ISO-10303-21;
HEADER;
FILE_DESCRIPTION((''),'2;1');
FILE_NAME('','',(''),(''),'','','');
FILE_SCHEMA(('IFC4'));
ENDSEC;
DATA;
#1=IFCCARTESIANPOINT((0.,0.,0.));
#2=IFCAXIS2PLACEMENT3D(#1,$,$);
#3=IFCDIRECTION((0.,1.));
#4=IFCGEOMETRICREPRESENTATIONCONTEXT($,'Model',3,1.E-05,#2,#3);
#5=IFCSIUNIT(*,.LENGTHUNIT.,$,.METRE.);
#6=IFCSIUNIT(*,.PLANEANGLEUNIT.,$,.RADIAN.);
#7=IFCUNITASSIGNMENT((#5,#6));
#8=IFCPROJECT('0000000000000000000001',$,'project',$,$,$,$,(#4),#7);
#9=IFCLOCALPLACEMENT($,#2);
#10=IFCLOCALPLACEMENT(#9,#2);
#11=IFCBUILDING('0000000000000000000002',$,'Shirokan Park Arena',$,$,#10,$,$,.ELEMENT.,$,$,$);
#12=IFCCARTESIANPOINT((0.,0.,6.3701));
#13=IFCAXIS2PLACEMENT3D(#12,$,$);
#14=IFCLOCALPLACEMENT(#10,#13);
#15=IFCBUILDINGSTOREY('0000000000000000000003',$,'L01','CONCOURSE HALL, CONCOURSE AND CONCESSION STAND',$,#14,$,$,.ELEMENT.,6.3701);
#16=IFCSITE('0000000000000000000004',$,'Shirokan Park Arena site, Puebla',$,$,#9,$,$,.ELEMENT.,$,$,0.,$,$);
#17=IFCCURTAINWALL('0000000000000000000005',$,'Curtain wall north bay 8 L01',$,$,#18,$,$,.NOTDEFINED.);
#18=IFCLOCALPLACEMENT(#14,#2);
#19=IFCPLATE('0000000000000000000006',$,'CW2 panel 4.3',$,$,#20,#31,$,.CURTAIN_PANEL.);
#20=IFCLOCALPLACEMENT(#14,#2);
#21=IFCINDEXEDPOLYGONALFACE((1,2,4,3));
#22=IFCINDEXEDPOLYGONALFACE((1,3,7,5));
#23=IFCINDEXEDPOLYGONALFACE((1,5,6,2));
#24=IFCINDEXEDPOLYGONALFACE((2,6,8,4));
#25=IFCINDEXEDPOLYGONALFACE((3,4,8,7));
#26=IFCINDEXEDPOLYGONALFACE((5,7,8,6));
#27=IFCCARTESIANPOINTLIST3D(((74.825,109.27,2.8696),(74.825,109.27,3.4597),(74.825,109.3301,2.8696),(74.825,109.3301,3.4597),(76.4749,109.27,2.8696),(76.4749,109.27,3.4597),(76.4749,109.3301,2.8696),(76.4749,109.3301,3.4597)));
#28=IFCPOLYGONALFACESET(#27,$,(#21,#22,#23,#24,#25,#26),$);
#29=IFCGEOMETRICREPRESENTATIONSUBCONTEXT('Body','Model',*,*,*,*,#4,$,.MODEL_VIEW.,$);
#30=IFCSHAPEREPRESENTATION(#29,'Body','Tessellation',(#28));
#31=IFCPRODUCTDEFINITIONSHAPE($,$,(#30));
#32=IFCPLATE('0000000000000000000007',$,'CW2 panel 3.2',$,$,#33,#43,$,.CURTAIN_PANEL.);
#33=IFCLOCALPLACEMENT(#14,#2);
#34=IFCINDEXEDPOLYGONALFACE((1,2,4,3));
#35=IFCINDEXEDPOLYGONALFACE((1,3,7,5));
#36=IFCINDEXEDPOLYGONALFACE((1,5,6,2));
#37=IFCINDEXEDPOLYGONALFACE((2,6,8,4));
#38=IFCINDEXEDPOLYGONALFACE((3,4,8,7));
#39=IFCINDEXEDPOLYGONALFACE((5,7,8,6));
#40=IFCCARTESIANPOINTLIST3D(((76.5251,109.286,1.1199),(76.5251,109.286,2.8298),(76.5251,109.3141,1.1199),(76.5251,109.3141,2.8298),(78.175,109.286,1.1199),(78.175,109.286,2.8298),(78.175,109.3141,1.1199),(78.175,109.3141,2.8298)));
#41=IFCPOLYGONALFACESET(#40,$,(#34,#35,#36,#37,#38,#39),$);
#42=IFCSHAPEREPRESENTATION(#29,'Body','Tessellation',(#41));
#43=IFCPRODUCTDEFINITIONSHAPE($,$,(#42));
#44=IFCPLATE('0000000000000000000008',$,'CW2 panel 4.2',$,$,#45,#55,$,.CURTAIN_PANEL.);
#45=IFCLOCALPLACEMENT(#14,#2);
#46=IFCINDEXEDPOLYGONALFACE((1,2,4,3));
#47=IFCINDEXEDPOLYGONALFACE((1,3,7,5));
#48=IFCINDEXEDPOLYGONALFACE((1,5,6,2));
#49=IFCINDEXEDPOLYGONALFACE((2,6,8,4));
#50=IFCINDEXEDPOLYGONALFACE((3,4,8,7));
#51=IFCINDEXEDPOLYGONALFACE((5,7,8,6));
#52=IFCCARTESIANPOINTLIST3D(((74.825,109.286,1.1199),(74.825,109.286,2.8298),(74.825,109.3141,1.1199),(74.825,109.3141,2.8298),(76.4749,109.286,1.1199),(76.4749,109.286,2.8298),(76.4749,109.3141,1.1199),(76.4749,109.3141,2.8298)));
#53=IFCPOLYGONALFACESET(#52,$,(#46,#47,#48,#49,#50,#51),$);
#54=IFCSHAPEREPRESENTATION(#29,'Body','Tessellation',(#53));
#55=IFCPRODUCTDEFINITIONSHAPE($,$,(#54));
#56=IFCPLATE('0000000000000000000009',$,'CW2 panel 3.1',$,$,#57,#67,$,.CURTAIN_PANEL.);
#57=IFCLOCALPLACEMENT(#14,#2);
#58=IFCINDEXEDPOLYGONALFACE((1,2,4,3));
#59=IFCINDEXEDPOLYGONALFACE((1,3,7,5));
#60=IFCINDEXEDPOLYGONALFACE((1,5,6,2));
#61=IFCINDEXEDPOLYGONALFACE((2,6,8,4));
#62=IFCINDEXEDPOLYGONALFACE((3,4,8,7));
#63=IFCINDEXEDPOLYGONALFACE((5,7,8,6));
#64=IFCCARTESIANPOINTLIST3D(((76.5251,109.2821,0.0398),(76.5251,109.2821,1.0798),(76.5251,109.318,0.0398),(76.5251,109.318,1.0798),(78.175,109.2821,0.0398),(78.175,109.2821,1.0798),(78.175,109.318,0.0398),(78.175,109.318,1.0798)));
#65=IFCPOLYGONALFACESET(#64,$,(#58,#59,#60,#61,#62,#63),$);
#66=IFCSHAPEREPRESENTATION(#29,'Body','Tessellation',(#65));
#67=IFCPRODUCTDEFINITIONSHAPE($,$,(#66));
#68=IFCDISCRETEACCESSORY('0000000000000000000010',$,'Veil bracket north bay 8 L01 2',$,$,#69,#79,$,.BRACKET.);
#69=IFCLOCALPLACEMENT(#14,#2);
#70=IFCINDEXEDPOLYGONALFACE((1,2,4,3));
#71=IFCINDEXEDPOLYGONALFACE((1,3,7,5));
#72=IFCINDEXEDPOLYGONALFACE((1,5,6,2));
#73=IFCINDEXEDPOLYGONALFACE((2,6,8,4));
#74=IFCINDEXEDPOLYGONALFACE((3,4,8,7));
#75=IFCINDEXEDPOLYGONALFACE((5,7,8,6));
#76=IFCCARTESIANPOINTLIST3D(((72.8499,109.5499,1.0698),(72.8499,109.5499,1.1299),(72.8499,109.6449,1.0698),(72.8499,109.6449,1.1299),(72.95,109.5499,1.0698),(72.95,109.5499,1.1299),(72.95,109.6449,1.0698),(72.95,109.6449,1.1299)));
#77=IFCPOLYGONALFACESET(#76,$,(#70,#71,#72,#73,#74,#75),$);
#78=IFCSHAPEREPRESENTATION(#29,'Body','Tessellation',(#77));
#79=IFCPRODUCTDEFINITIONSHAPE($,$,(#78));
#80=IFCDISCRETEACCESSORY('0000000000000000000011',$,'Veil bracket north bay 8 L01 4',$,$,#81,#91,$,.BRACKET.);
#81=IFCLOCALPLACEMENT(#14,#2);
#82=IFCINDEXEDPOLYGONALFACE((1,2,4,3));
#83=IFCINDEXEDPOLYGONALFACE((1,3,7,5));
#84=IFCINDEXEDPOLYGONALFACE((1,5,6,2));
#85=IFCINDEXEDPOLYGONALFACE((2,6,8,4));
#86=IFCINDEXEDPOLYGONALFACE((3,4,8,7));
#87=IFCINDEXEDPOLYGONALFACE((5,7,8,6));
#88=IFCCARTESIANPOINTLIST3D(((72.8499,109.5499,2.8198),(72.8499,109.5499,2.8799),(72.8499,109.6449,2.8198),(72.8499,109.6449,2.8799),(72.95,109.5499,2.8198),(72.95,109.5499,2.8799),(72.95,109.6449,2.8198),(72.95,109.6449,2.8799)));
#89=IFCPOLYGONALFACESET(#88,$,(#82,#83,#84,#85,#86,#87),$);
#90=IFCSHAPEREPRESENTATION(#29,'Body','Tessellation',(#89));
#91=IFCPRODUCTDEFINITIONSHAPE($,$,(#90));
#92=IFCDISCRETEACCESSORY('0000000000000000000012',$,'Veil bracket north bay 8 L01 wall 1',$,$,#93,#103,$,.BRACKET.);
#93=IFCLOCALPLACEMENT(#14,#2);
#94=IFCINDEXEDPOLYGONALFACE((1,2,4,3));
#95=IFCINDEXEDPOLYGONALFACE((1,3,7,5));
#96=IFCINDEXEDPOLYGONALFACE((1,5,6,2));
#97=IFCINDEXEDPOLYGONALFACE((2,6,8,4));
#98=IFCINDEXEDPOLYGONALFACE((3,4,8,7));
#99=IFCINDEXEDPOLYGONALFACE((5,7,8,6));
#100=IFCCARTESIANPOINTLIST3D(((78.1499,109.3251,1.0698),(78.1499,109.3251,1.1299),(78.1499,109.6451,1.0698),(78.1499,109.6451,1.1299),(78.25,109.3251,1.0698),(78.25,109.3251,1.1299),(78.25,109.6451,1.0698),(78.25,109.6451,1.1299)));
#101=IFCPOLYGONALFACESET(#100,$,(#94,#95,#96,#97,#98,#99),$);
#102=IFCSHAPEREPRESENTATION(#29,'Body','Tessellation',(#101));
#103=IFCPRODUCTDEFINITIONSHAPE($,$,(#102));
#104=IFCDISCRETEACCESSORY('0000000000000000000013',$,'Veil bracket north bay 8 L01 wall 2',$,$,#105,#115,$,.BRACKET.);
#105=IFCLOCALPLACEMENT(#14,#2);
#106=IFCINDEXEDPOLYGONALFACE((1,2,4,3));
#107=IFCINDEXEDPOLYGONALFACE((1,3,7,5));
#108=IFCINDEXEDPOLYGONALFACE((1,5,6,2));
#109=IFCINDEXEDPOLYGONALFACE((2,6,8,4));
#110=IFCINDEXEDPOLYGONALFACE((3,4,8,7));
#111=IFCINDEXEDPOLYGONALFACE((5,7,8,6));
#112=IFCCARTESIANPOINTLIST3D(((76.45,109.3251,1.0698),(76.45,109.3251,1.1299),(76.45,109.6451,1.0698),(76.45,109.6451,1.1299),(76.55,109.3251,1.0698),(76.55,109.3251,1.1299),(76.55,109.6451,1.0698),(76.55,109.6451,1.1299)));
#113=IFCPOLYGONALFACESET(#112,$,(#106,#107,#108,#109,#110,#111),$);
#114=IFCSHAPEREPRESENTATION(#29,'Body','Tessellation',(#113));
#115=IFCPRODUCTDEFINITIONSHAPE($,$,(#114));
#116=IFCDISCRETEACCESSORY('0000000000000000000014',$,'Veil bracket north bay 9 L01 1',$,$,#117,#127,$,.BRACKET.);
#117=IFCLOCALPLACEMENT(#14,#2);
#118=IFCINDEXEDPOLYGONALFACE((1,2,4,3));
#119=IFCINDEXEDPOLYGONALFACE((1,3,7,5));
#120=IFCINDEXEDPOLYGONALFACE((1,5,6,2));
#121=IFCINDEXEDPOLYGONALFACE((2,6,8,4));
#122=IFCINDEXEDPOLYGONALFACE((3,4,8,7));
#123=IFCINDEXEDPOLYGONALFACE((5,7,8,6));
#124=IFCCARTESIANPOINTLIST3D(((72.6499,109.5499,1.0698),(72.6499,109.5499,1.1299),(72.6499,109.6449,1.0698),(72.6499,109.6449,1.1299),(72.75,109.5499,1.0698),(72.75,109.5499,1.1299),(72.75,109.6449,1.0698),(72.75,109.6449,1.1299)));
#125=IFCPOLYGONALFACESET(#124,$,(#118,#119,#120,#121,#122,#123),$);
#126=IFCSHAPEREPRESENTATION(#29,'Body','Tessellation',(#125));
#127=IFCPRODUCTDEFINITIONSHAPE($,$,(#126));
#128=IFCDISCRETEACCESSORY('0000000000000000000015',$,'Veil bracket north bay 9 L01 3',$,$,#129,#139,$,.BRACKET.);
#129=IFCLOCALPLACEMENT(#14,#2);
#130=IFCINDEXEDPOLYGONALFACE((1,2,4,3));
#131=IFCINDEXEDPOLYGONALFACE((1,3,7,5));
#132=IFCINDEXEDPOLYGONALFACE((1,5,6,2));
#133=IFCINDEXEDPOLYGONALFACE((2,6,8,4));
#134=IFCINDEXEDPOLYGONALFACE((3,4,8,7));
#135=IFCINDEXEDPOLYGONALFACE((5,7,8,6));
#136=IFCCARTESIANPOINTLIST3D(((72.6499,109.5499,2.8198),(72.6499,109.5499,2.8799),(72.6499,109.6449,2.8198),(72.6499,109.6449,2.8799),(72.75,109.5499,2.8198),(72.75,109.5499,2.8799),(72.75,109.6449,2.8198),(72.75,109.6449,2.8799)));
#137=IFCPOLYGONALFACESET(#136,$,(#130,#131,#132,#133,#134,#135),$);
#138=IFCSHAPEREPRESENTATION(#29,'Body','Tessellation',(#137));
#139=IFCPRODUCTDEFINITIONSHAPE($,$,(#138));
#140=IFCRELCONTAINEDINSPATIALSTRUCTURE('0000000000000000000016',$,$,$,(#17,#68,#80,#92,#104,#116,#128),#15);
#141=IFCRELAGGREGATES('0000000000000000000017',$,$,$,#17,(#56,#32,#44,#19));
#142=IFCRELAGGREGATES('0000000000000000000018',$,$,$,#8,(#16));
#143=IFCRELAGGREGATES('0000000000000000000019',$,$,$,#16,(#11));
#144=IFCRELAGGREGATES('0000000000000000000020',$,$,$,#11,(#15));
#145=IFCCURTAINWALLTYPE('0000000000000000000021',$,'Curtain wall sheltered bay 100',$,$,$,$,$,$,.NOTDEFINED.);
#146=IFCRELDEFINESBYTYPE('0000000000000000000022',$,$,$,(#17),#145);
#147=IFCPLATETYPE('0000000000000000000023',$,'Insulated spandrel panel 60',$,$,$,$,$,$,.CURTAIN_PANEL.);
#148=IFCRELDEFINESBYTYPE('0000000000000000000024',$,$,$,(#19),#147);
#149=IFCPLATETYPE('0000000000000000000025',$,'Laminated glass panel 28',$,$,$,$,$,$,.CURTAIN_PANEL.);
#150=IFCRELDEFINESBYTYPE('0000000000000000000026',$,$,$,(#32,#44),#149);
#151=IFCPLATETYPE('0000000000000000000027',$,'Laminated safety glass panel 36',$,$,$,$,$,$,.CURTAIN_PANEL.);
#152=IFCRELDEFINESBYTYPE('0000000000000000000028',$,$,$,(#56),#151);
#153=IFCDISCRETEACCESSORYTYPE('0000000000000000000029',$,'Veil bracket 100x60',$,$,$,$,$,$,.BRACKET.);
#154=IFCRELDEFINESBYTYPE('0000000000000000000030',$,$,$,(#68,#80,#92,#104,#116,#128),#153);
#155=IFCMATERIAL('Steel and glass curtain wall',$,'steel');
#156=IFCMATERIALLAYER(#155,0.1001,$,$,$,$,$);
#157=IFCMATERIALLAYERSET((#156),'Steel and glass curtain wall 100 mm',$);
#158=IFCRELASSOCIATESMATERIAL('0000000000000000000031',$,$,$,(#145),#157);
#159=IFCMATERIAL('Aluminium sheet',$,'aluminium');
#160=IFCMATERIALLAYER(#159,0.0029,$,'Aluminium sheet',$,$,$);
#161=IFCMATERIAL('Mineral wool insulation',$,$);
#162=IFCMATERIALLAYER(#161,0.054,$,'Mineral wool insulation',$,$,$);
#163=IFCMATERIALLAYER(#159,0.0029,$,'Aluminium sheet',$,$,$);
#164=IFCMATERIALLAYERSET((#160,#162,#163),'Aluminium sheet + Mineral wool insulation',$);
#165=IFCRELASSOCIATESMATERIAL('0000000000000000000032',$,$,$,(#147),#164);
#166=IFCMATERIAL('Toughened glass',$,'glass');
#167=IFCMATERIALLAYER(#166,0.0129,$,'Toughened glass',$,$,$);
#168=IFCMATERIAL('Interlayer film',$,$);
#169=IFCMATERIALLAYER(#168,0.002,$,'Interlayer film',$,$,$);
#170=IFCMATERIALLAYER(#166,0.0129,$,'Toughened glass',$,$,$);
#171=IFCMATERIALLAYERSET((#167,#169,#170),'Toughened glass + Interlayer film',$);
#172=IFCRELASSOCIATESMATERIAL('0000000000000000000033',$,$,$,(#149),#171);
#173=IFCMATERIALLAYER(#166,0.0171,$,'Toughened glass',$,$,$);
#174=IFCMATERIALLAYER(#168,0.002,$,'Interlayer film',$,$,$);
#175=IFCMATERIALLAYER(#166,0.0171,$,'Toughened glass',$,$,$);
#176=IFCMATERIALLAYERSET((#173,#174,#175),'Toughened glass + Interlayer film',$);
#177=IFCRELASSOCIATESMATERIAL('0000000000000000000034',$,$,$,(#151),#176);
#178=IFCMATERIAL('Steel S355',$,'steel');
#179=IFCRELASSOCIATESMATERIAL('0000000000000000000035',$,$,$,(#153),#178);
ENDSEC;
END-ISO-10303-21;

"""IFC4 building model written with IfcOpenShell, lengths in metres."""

from ifc_helpers import new_model, si_unit, direction, frame, origin, origin_2d, place, context, subcontext, project, spatial, rectangle, extrude, material, layer, layer_set, type_object, element, aggregate, save


model = new_model("IFC4")

# Units and contexts
model_context = context("Model", 3, precision=1e-05, world=origin(), true_north=direction((0.0, 1.0)))
body_context = subcontext(model_context, "Body", "Model", "MODEL_VIEW")
ifc_project = project(units=[si_unit("LENGTHUNIT", "METRE"), si_unit("PLANEANGLEUNIT", "RADIAN")], contexts=[model_context])

# Site, building, storey
site_placement = place(None, origin())
site = spatial("IfcSite", under=ifc_project, at=site_placement, Name="Shirokan Park Arena site, Puebla", CompositionType="ELEMENT", RefElevation=0.0)
building_placement = place(site_placement, origin())
building = spatial("IfcBuilding", under=site, at=building_placement, Name="Shirokan Park Arena", CompositionType="ELEMENT")
storey_placement = place(building_placement, frame((0.0, 0.0, 6.3701)))
storey = spatial("IfcBuildingStorey", under=building, at=storey_placement, Name="L01", Description="CONCOURSE HALL, CONCOURSE AND CONCESSION STAND", CompositionType="ELEMENT", Elevation=6.3701)

# Curtain wall, plates
ifc_material_1 = material(Name="Steel and glass curtain wall", Category="steel")
ifc_layer_1 = layer(ifc_material_1, 0.1001)
ifc_layer_set_1 = layer_set([ifc_layer_1], Name="Steel and glass curtain wall 100 mm")
curtain_wall_type = type_object("IfcCurtainWallType", Name="Curtain wall sheltered bay 100", PredefinedType="NOTDEFINED", material=ifc_layer_set_1)
curtain_wall_placement = place(storey_placement, origin())
curtain_wall = element("IfcCurtainWall", 1, at=curtain_wall_placement, inside=storey, type_object=curtain_wall_type, Name="Curtain wall north bay 8 L01", PredefinedType="NOTDEFINED")
ifc_material_2 = material(Name="Steel S355", Category="steel")
ifc_material_3 = material(Name="Aluminium sheet", Category="aluminium")
ifc_layer_2 = layer(ifc_material_3, 0.0029, Name="Aluminium sheet")
ifc_material_4 = material(Name="Mineral wool insulation")
ifc_layer_3 = layer(ifc_material_4, 0.054, Name="Mineral wool insulation")
ifc_layer_4 = layer(ifc_material_3, 0.0029, Name="Aluminium sheet")
ifc_layer_set_2 = layer_set([ifc_layer_2, ifc_layer_3, ifc_layer_4], Name="Aluminium sheet + Mineral wool insulation")
plate_type_1 = type_object("IfcPlateType", Name="Insulated spandrel panel 60", PredefinedType="CURTAIN_PANEL", material=ifc_layer_set_2)
plate_1_placement = place(storey_placement, frame((75.6499, 109.3, 2.8696), z_axis=(0.0, 0.0, 1.0), x_axis=(-1.0, 0.0, 0.0)))
plate_1 = element("IfcPlate", 2, at=plate_1_placement, type_object=plate_type_1, Name="CW2 panel 4.3", PredefinedType="CURTAIN_PANEL", context=body_context, shape_type="SweptSolid", body=[
    extrude(rectangle(XDim=1.6499, YDim=0.0601, at=origin_2d()), origin(), (0.0, 0.0, 1.0), 0.5901),
])
ifc_material_5 = material(Name="Toughened glass", Category="glass")
ifc_layer_5 = layer(ifc_material_5, 0.0129, Name="Toughened glass")
ifc_material_6 = material(Name="Interlayer film")
ifc_layer_6 = layer(ifc_material_6, 0.002, Name="Interlayer film")
ifc_layer_7 = layer(ifc_material_5, 0.0129, Name="Toughened glass")
ifc_layer_set_3 = layer_set([ifc_layer_5, ifc_layer_6, ifc_layer_7], Name="Toughened glass + Interlayer film")
plate_type_2 = type_object("IfcPlateType", Name="Laminated glass panel 28", PredefinedType="CURTAIN_PANEL", material=ifc_layer_set_3)
plate_2_placement = place(storey_placement, frame((77.3501, 109.3, 1.1199), z_axis=(0.0, 0.0, 1.0), x_axis=(-1.0, 0.0, 0.0)))
plate_2 = element("IfcPlate", 3, at=plate_2_placement, type_object=plate_type_2, Name="CW2 panel 3.2", PredefinedType="CURTAIN_PANEL", context=body_context, shape_type="SweptSolid", body=[
    extrude(rectangle(XDim=1.6499, YDim=0.0281, at=origin_2d()), origin(), (0.0, 0.0, 1.0), 1.71),
])
plate_3_placement = place(storey_placement, frame((75.6499, 109.3, 1.1199), z_axis=(0.0, 0.0, 1.0), x_axis=(-1.0, 0.0, 0.0)))
plate_3 = element("IfcPlate", 4, at=plate_3_placement, type_object=plate_type_2, Name="CW2 panel 4.2", PredefinedType="CURTAIN_PANEL", context=body_context, shape_type="SweptSolid", body=[
    extrude(rectangle(XDim=1.6499, YDim=0.0281, at=origin_2d()), origin(), (0.0, 0.0, 1.0), 1.71),
])
ifc_layer_8 = layer(ifc_material_5, 0.0171, Name="Toughened glass")
ifc_layer_9 = layer(ifc_material_6, 0.002, Name="Interlayer film")
ifc_layer_10 = layer(ifc_material_5, 0.0171, Name="Toughened glass")
ifc_layer_set_4 = layer_set([ifc_layer_8, ifc_layer_9, ifc_layer_10], Name="Toughened glass + Interlayer film")
plate_type_3 = type_object("IfcPlateType", Name="Laminated safety glass panel 36", PredefinedType="CURTAIN_PANEL", material=ifc_layer_set_4)
plate_4_placement = place(storey_placement, frame((77.3501, 109.3, 0.0398), z_axis=(0.0, 0.0, 1.0), x_axis=(-1.0, 0.0, 0.0)))
plate_4 = element("IfcPlate", 5, at=plate_4_placement, type_object=plate_type_3, Name="CW2 panel 3.1", PredefinedType="CURTAIN_PANEL", context=body_context, shape_type="SweptSolid", body=[
    extrude(rectangle(XDim=1.6499, YDim=0.0359, at=origin_2d()), origin(), (0.0, 0.0, 1.0), 1.04),
])
aggregate(curtain_wall, [plate_4, plate_2, plate_3, plate_1])

# Discrete accessories
discrete_accessory_type = type_object("IfcDiscreteAccessoryType", Name="Veil bracket 100x60", PredefinedType="BRACKET", material=ifc_material_2)
for number, where, z_axis, x_axis, name in (
    (6, (72.8999, 109.5974, 1.0698), (0.0, 0.0, 1.0), (-1.0, 0.0, 0.0), "Veil bracket north bay 8 L01 2"),
    (7, (72.8999, 109.5974, 2.8198), (0.0, 0.0, 1.0), (-1.0, 0.0, 0.0), "Veil bracket north bay 8 L01 4"),
):
    element("IfcDiscreteAccessory", number, at=place(storey_placement, frame(where, z_axis=z_axis, x_axis=x_axis)), inside=storey, type_object=discrete_accessory_type, Name=name, PredefinedType="BRACKET", context=body_context, shape_type="SweptSolid", body=[
        extrude(rectangle(XDim=0.1001, YDim=0.095, at=origin_2d()), origin(), (0.0, 0.0, 1.0), 0.0601),
    ])
for number, where, z_axis, x_axis, name in (
    (8, (78.2, 109.4851, 1.0698), (0.0, 0.0, 1.0), (-1.0, 0.0, 0.0), "Veil bracket north bay 8 L01 wall 1"),
    (9, (76.5, 109.4851, 1.0698), (0.0, 0.0, 1.0), (-1.0, 0.0, 0.0), "Veil bracket north bay 8 L01 wall 2"),
):
    element("IfcDiscreteAccessory", number, at=place(storey_placement, frame(where, z_axis=z_axis, x_axis=x_axis)), inside=storey, type_object=discrete_accessory_type, Name=name, PredefinedType="BRACKET", context=body_context, shape_type="SweptSolid", body=[
        extrude(rectangle(XDim=0.1001, YDim=0.3201, at=origin_2d()), origin(), (0.0, 0.0, 1.0), 0.0601),
    ])
for number, where, z_axis, x_axis, name in (
    (10, (72.7, 109.5974, 1.0698), (0.0, 0.0, 1.0), (-1.0, 0.0, 0.0), "Veil bracket north bay 9 L01 1"),
    (11, (72.7, 109.5974, 2.8198), (0.0, 0.0, 1.0), (-1.0, 0.0, 0.0), "Veil bracket north bay 9 L01 3"),
):
    element("IfcDiscreteAccessory", number, at=place(storey_placement, frame(where, z_axis=z_axis, x_axis=x_axis)), inside=storey, type_object=discrete_accessory_type, Name=name, PredefinedType="BRACKET", context=body_context, shape_type="SweptSolid", body=[
        extrude(rectangle(XDim=0.1001, YDim=0.095, at=origin_2d()), origin(), (0.0, 0.0, 1.0), 0.0601),
    ])

save(model, "model.ifc")
